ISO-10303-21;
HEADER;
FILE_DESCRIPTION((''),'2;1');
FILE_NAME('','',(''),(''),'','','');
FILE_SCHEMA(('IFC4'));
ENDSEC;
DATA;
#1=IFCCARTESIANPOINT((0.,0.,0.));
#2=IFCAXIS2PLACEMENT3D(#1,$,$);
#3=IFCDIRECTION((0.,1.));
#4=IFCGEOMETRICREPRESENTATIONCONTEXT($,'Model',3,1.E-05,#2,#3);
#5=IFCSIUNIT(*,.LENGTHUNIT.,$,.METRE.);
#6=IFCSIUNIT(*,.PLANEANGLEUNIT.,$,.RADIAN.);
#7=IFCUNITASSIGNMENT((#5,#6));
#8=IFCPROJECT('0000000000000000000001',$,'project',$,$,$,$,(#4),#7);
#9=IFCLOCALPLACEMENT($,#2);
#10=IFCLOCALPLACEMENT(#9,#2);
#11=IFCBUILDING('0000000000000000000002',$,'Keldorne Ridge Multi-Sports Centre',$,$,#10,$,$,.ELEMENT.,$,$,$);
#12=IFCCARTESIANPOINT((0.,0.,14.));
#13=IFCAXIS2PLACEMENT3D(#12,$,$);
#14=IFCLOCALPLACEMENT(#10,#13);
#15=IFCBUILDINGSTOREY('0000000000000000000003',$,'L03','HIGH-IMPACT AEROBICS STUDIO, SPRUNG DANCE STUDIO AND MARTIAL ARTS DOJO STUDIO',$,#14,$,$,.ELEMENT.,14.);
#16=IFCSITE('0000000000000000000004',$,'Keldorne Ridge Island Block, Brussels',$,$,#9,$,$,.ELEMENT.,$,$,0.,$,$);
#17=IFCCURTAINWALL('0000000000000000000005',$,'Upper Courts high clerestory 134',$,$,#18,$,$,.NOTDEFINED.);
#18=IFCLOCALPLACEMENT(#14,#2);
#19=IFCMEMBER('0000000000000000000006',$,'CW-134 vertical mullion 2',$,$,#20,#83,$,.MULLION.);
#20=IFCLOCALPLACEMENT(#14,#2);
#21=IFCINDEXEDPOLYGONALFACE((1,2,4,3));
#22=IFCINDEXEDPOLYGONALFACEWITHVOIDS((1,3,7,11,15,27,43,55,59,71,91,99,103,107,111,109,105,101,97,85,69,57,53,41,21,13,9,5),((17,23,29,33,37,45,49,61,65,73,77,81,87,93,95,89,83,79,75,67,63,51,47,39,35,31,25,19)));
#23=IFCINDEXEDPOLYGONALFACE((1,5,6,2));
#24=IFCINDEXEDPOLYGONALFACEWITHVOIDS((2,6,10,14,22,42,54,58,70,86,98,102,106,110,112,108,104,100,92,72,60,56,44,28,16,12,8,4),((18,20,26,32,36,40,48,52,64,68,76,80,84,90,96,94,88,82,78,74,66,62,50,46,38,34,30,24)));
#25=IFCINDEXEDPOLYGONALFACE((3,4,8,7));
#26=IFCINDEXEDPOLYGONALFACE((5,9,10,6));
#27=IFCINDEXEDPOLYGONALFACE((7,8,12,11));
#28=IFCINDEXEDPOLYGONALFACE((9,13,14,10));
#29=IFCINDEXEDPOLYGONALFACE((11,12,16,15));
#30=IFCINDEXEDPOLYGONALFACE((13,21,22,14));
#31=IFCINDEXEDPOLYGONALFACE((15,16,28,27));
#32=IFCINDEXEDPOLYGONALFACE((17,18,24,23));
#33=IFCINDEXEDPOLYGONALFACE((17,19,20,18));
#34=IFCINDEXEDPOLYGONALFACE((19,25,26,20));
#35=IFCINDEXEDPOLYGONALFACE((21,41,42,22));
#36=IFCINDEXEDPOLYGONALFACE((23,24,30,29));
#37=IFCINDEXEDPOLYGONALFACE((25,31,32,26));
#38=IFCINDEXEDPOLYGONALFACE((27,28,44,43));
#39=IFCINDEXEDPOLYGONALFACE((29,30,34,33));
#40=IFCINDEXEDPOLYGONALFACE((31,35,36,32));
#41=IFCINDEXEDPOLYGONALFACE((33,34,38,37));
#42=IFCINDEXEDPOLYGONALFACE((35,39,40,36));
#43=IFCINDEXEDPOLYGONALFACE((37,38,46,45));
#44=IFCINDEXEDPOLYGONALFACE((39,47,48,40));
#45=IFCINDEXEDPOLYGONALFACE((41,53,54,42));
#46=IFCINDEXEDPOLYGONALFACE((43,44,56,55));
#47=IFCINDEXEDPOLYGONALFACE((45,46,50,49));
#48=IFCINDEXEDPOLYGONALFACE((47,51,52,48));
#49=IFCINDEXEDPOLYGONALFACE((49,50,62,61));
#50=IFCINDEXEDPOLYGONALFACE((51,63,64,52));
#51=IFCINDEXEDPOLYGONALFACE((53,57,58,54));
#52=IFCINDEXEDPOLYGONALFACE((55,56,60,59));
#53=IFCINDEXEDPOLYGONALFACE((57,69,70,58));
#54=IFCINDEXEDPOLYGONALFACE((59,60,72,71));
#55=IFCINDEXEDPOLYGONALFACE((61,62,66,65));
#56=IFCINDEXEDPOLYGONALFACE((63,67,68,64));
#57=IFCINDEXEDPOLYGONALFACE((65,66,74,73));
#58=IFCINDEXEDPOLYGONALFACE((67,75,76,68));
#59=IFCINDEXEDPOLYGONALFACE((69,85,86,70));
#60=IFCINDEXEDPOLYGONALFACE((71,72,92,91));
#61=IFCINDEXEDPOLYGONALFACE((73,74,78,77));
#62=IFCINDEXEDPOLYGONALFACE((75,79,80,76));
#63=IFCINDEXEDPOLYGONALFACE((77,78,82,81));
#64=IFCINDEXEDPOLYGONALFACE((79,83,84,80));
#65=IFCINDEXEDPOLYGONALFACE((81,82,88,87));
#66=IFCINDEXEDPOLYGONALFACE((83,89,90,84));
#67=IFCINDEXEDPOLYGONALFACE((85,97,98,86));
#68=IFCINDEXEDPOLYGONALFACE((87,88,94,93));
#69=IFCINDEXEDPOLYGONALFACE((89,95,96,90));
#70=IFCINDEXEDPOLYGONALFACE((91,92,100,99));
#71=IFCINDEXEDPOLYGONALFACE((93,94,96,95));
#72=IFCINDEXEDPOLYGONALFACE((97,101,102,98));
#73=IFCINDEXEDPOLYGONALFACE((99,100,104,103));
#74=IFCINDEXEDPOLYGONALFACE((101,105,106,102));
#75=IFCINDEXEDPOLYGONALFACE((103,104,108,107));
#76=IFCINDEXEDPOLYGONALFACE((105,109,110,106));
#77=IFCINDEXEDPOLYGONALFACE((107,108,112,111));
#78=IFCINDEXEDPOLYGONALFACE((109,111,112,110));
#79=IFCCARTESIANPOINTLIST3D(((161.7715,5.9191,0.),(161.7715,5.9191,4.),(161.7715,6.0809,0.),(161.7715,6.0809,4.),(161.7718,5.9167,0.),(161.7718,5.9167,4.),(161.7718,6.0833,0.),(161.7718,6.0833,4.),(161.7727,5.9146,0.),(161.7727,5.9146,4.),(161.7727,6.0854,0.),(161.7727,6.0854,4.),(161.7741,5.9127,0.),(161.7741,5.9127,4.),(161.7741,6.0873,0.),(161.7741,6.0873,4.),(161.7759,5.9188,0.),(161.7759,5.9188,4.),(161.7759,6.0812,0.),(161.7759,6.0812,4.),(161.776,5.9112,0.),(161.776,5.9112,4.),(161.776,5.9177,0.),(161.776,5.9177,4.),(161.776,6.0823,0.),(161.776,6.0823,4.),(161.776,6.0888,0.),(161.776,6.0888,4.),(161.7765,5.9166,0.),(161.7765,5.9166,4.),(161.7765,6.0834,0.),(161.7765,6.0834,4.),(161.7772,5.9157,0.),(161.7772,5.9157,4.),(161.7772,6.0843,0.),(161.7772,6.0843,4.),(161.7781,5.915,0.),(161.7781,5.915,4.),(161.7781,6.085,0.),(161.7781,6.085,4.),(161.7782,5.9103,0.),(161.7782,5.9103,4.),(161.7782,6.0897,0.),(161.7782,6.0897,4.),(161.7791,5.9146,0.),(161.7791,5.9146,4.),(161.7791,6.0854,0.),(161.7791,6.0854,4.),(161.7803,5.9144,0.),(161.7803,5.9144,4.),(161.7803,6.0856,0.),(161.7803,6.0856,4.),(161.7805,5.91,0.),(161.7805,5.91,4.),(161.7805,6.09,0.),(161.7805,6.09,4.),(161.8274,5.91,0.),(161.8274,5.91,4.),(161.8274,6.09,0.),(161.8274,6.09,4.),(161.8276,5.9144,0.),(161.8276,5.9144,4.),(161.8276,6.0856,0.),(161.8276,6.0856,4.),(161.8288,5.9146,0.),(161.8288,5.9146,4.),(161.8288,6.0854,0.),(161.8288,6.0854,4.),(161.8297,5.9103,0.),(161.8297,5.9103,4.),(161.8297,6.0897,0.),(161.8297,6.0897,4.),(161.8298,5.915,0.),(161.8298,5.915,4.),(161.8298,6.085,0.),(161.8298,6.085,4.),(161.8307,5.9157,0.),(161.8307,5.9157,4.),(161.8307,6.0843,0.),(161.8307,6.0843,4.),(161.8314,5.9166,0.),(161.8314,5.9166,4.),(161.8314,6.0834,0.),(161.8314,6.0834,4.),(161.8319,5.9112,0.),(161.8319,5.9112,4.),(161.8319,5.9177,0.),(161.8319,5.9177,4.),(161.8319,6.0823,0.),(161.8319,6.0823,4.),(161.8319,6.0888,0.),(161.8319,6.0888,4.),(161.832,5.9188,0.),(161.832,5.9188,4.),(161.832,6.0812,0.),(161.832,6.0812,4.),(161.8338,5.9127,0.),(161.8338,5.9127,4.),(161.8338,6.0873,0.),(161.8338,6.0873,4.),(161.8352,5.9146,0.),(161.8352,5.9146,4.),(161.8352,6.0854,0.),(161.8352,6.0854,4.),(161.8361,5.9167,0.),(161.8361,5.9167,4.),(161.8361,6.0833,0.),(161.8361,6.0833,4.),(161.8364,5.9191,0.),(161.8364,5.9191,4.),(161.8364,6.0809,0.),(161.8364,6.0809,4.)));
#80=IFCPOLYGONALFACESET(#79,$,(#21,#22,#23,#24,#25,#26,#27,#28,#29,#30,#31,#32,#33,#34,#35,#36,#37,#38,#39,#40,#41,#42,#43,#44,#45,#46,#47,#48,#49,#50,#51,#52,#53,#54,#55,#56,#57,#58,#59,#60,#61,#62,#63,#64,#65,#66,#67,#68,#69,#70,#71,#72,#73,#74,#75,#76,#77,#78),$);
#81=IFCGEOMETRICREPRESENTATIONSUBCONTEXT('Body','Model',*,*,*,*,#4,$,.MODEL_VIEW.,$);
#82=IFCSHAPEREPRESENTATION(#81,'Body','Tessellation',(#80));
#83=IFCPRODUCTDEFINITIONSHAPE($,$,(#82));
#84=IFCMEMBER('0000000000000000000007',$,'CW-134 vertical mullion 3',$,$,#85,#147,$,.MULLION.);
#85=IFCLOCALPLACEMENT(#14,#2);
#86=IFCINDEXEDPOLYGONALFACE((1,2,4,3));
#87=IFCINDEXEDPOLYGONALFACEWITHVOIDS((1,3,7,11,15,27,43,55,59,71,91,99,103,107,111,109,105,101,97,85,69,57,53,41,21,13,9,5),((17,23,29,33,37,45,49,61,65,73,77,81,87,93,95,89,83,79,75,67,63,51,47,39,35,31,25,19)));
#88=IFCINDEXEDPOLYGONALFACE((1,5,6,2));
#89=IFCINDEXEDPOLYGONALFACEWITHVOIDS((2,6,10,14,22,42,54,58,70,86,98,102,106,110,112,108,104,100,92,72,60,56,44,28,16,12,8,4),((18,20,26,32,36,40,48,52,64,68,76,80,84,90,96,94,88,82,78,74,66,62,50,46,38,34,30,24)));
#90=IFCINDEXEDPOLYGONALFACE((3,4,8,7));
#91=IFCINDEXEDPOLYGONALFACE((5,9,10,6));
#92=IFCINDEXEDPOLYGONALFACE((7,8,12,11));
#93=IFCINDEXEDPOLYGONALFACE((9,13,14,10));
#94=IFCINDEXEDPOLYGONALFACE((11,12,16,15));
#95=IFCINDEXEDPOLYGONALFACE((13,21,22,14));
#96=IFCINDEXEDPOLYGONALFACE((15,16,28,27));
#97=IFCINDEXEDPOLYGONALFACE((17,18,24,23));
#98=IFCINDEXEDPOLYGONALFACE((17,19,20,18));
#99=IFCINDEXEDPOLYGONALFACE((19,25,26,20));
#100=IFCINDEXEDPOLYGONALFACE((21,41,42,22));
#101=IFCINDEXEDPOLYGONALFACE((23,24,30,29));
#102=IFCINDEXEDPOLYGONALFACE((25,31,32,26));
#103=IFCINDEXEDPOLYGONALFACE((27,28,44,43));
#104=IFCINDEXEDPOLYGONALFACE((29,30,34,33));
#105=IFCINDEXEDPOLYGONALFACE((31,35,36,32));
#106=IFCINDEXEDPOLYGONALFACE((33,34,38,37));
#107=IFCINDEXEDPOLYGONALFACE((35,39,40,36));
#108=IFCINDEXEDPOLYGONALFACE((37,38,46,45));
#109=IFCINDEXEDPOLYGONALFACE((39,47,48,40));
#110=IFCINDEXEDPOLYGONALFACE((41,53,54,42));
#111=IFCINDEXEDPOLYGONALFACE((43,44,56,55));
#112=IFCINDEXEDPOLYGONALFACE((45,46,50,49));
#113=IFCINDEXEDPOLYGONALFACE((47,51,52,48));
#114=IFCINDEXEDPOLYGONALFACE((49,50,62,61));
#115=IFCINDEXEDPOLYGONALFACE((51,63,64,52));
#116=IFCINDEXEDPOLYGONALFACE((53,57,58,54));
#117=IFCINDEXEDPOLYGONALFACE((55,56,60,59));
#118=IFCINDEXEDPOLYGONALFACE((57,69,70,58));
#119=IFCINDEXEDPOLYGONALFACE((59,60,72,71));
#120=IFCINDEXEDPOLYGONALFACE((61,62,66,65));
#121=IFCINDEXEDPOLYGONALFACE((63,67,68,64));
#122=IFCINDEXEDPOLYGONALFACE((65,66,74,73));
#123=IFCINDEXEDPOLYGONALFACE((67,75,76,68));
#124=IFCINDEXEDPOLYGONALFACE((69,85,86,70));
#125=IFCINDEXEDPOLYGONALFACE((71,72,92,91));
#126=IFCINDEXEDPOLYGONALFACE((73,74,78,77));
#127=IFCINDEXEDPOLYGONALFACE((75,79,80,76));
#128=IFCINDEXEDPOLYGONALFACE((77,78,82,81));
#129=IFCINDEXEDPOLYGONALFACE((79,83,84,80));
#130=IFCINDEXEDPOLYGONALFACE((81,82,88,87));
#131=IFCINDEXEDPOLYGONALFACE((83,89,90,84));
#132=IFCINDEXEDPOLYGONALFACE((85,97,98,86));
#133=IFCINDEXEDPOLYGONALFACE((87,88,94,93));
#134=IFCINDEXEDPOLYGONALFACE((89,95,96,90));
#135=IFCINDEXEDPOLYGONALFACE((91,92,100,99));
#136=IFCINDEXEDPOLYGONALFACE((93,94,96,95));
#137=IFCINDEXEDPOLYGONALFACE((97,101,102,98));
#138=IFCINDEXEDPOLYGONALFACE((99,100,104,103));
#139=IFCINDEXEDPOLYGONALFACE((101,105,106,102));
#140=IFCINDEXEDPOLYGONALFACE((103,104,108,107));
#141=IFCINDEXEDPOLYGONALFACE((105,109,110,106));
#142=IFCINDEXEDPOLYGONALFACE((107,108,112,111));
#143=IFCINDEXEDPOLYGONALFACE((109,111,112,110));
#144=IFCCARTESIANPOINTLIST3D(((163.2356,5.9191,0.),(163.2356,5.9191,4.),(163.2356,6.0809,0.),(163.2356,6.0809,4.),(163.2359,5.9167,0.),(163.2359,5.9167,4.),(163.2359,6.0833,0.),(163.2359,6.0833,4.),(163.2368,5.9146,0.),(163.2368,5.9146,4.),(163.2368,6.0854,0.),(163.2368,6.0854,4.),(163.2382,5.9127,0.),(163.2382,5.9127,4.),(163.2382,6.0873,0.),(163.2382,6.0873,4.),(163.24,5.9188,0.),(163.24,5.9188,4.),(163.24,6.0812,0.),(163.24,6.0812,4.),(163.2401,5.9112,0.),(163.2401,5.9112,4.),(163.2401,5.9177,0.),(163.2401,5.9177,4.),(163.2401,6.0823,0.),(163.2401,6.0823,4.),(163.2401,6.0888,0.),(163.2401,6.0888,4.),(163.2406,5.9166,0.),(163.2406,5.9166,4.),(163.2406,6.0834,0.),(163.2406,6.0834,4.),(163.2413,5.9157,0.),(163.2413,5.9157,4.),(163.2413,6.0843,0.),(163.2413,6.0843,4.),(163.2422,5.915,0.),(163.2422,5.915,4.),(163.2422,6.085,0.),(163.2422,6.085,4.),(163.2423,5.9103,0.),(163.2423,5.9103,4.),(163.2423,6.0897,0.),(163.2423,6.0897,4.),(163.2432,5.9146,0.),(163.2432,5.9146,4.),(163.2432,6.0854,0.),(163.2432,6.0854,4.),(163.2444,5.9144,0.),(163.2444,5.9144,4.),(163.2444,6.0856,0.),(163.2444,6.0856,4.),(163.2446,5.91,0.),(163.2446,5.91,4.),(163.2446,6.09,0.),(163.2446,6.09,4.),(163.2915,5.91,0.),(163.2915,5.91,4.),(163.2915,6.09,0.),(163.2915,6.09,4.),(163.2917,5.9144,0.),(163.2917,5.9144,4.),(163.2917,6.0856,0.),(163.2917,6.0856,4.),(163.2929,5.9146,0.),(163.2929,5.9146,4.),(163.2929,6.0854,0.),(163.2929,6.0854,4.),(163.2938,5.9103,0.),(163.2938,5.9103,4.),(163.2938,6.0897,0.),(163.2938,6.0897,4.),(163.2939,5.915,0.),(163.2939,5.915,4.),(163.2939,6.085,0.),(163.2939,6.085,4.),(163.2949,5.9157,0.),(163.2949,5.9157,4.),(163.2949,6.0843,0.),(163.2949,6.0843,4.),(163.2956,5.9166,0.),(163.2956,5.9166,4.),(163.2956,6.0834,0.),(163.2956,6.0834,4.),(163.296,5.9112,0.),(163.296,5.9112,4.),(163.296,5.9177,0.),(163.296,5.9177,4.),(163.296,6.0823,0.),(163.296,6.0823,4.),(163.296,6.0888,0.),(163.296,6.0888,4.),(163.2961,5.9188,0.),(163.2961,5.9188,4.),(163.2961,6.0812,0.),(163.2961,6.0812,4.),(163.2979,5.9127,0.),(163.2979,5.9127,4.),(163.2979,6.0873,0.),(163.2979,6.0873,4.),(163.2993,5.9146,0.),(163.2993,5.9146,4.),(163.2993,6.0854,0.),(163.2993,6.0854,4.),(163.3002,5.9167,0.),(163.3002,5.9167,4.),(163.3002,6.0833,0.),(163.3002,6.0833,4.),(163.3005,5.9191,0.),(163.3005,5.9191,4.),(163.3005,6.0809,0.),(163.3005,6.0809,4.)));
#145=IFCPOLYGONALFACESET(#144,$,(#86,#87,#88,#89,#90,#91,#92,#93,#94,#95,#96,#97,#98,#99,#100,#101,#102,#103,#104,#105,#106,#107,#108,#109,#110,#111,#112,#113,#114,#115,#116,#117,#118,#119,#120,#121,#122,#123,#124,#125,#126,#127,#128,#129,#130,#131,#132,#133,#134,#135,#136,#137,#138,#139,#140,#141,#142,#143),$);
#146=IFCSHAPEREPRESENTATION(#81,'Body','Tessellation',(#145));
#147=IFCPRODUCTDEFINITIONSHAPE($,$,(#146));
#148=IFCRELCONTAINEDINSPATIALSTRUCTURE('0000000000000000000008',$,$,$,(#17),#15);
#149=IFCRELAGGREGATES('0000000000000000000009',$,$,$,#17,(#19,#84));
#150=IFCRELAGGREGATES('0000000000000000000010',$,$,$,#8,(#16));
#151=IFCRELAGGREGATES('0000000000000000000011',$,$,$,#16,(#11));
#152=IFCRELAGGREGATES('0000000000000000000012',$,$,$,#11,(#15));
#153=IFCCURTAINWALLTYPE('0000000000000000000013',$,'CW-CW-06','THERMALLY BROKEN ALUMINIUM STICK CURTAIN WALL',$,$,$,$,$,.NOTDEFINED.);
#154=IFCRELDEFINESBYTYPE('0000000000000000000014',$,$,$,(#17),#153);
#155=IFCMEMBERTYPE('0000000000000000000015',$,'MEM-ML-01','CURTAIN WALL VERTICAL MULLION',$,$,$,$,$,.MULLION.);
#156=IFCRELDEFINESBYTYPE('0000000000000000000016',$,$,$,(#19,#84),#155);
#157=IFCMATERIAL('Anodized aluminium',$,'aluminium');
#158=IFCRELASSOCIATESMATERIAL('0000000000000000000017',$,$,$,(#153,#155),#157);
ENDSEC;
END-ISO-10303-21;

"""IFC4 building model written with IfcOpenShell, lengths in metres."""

from ifc_helpers import new_model, si_unit, direction, frame, origin, origin_2d, place, context, subcontext, project, spatial, hollow_rectangle, extrude, material, material_profile, profile_set, type_object, element, aggregate, save


model = new_model("IFC4")

# Units and contexts
model_context = context("Model", 3, precision=1e-05, world=origin(), true_north=direction((0.0, 1.0)))
body_context = subcontext(model_context, "Body", "Model", "MODEL_VIEW")
ifc_project = project(units=[si_unit("LENGTHUNIT", "METRE"), si_unit("PLANEANGLEUNIT", "RADIAN")], contexts=[model_context])

# Site, building, storey
site_placement = place(None, origin())
site = spatial("IfcSite", under=ifc_project, at=site_placement, Name="Keldorne Ridge Island Block, Brussels", CompositionType="ELEMENT", RefElevation=0.0)
building_placement = place(site_placement, origin())
building = spatial("IfcBuilding", under=site, at=building_placement, Name="Keldorne Ridge Multi-Sports Centre", CompositionType="ELEMENT")
storey_placement = place(building_placement, frame((0.0, 0.0, 14.0)))
storey = spatial("IfcBuildingStorey", under=building, at=storey_placement, Name="L03", Description="HIGH-IMPACT AEROBICS STUDIO, SPRUNG DANCE STUDIO AND MARTIAL ARTS DOJO STUDIO", CompositionType="ELEMENT", Elevation=14.0)

# Curtain wall, members
ifc_material_1 = material(Name="Anodized aluminium", Category="aluminium")
curtain_wall_type = type_object("IfcCurtainWallType", Name="CW-CW-06", Description="THERMALLY BROKEN ALUMINIUM STICK CURTAIN WALL", PredefinedType="NOTDEFINED", material=ifc_material_1)
curtain_wall_placement = place(storey_placement, origin())
curtain_wall = element("IfcCurtainWall", 1, at=curtain_wall_placement, inside=storey, type_object=curtain_wall_type, Name="Upper Courts high clerestory 134", PredefinedType="NOTDEFINED")
ifc_material_profile_1 = material_profile(ifc_material_1, hollow_rectangle(XDim=0.0649, YDim=0.1799, WallThickness=0.0044, InnerFilletRadius=0.0044, OuterFilletRadius=0.009, at=origin_2d()), Name="ALU MULLION 180x65x4.5")
ifc_profile_set_1 = profile_set([ifc_material_profile_1], Name="Anodized aluminium")
member_type_1 = type_object("IfcMemberType", Name="MEM-ML-01", Description="CURTAIN WALL VERTICAL MULLION", PredefinedType="MULLION", material=ifc_profile_set_1)
member_1_placement = place(storey_placement, frame((161.804, 6.0, 0.0), z_axis=(0.0, 0.0, 1.0), x_axis=(1.0, 0.0, 0.0)))
member_1 = element("IfcMember", 2, at=member_1_placement, type_object=member_type_1, Name="CW-134 vertical mullion 2", PredefinedType="MULLION", context=body_context, shape_type="SweptSolid", body=[
    extrude(hollow_rectangle(XDim=0.0649, YDim=0.1799, WallThickness=0.0044, InnerFilletRadius=0.0044, OuterFilletRadius=0.009, at=origin_2d()), origin(), (0.0, 0.0, 1.0), 4.0),
])
member_2_placement = place(storey_placement, frame((163.2681, 6.0, 0.0), z_axis=(0.0, 0.0, 1.0), x_axis=(1.0, 0.0, 0.0)))
member_2 = element("IfcMember", 3, at=member_2_placement, type_object=member_type_1, Name="CW-134 vertical mullion 3", PredefinedType="MULLION", context=body_context, shape_type="SweptSolid", body=[
    extrude(hollow_rectangle(XDim=0.0649, YDim=0.1799, WallThickness=0.0044, InnerFilletRadius=0.0044, OuterFilletRadius=0.009, at=origin_2d()), origin(), (0.0, 0.0, 1.0), 4.0),
])
aggregate(curtain_wall, [member_1, member_2])

save(model, "model.ifc")
